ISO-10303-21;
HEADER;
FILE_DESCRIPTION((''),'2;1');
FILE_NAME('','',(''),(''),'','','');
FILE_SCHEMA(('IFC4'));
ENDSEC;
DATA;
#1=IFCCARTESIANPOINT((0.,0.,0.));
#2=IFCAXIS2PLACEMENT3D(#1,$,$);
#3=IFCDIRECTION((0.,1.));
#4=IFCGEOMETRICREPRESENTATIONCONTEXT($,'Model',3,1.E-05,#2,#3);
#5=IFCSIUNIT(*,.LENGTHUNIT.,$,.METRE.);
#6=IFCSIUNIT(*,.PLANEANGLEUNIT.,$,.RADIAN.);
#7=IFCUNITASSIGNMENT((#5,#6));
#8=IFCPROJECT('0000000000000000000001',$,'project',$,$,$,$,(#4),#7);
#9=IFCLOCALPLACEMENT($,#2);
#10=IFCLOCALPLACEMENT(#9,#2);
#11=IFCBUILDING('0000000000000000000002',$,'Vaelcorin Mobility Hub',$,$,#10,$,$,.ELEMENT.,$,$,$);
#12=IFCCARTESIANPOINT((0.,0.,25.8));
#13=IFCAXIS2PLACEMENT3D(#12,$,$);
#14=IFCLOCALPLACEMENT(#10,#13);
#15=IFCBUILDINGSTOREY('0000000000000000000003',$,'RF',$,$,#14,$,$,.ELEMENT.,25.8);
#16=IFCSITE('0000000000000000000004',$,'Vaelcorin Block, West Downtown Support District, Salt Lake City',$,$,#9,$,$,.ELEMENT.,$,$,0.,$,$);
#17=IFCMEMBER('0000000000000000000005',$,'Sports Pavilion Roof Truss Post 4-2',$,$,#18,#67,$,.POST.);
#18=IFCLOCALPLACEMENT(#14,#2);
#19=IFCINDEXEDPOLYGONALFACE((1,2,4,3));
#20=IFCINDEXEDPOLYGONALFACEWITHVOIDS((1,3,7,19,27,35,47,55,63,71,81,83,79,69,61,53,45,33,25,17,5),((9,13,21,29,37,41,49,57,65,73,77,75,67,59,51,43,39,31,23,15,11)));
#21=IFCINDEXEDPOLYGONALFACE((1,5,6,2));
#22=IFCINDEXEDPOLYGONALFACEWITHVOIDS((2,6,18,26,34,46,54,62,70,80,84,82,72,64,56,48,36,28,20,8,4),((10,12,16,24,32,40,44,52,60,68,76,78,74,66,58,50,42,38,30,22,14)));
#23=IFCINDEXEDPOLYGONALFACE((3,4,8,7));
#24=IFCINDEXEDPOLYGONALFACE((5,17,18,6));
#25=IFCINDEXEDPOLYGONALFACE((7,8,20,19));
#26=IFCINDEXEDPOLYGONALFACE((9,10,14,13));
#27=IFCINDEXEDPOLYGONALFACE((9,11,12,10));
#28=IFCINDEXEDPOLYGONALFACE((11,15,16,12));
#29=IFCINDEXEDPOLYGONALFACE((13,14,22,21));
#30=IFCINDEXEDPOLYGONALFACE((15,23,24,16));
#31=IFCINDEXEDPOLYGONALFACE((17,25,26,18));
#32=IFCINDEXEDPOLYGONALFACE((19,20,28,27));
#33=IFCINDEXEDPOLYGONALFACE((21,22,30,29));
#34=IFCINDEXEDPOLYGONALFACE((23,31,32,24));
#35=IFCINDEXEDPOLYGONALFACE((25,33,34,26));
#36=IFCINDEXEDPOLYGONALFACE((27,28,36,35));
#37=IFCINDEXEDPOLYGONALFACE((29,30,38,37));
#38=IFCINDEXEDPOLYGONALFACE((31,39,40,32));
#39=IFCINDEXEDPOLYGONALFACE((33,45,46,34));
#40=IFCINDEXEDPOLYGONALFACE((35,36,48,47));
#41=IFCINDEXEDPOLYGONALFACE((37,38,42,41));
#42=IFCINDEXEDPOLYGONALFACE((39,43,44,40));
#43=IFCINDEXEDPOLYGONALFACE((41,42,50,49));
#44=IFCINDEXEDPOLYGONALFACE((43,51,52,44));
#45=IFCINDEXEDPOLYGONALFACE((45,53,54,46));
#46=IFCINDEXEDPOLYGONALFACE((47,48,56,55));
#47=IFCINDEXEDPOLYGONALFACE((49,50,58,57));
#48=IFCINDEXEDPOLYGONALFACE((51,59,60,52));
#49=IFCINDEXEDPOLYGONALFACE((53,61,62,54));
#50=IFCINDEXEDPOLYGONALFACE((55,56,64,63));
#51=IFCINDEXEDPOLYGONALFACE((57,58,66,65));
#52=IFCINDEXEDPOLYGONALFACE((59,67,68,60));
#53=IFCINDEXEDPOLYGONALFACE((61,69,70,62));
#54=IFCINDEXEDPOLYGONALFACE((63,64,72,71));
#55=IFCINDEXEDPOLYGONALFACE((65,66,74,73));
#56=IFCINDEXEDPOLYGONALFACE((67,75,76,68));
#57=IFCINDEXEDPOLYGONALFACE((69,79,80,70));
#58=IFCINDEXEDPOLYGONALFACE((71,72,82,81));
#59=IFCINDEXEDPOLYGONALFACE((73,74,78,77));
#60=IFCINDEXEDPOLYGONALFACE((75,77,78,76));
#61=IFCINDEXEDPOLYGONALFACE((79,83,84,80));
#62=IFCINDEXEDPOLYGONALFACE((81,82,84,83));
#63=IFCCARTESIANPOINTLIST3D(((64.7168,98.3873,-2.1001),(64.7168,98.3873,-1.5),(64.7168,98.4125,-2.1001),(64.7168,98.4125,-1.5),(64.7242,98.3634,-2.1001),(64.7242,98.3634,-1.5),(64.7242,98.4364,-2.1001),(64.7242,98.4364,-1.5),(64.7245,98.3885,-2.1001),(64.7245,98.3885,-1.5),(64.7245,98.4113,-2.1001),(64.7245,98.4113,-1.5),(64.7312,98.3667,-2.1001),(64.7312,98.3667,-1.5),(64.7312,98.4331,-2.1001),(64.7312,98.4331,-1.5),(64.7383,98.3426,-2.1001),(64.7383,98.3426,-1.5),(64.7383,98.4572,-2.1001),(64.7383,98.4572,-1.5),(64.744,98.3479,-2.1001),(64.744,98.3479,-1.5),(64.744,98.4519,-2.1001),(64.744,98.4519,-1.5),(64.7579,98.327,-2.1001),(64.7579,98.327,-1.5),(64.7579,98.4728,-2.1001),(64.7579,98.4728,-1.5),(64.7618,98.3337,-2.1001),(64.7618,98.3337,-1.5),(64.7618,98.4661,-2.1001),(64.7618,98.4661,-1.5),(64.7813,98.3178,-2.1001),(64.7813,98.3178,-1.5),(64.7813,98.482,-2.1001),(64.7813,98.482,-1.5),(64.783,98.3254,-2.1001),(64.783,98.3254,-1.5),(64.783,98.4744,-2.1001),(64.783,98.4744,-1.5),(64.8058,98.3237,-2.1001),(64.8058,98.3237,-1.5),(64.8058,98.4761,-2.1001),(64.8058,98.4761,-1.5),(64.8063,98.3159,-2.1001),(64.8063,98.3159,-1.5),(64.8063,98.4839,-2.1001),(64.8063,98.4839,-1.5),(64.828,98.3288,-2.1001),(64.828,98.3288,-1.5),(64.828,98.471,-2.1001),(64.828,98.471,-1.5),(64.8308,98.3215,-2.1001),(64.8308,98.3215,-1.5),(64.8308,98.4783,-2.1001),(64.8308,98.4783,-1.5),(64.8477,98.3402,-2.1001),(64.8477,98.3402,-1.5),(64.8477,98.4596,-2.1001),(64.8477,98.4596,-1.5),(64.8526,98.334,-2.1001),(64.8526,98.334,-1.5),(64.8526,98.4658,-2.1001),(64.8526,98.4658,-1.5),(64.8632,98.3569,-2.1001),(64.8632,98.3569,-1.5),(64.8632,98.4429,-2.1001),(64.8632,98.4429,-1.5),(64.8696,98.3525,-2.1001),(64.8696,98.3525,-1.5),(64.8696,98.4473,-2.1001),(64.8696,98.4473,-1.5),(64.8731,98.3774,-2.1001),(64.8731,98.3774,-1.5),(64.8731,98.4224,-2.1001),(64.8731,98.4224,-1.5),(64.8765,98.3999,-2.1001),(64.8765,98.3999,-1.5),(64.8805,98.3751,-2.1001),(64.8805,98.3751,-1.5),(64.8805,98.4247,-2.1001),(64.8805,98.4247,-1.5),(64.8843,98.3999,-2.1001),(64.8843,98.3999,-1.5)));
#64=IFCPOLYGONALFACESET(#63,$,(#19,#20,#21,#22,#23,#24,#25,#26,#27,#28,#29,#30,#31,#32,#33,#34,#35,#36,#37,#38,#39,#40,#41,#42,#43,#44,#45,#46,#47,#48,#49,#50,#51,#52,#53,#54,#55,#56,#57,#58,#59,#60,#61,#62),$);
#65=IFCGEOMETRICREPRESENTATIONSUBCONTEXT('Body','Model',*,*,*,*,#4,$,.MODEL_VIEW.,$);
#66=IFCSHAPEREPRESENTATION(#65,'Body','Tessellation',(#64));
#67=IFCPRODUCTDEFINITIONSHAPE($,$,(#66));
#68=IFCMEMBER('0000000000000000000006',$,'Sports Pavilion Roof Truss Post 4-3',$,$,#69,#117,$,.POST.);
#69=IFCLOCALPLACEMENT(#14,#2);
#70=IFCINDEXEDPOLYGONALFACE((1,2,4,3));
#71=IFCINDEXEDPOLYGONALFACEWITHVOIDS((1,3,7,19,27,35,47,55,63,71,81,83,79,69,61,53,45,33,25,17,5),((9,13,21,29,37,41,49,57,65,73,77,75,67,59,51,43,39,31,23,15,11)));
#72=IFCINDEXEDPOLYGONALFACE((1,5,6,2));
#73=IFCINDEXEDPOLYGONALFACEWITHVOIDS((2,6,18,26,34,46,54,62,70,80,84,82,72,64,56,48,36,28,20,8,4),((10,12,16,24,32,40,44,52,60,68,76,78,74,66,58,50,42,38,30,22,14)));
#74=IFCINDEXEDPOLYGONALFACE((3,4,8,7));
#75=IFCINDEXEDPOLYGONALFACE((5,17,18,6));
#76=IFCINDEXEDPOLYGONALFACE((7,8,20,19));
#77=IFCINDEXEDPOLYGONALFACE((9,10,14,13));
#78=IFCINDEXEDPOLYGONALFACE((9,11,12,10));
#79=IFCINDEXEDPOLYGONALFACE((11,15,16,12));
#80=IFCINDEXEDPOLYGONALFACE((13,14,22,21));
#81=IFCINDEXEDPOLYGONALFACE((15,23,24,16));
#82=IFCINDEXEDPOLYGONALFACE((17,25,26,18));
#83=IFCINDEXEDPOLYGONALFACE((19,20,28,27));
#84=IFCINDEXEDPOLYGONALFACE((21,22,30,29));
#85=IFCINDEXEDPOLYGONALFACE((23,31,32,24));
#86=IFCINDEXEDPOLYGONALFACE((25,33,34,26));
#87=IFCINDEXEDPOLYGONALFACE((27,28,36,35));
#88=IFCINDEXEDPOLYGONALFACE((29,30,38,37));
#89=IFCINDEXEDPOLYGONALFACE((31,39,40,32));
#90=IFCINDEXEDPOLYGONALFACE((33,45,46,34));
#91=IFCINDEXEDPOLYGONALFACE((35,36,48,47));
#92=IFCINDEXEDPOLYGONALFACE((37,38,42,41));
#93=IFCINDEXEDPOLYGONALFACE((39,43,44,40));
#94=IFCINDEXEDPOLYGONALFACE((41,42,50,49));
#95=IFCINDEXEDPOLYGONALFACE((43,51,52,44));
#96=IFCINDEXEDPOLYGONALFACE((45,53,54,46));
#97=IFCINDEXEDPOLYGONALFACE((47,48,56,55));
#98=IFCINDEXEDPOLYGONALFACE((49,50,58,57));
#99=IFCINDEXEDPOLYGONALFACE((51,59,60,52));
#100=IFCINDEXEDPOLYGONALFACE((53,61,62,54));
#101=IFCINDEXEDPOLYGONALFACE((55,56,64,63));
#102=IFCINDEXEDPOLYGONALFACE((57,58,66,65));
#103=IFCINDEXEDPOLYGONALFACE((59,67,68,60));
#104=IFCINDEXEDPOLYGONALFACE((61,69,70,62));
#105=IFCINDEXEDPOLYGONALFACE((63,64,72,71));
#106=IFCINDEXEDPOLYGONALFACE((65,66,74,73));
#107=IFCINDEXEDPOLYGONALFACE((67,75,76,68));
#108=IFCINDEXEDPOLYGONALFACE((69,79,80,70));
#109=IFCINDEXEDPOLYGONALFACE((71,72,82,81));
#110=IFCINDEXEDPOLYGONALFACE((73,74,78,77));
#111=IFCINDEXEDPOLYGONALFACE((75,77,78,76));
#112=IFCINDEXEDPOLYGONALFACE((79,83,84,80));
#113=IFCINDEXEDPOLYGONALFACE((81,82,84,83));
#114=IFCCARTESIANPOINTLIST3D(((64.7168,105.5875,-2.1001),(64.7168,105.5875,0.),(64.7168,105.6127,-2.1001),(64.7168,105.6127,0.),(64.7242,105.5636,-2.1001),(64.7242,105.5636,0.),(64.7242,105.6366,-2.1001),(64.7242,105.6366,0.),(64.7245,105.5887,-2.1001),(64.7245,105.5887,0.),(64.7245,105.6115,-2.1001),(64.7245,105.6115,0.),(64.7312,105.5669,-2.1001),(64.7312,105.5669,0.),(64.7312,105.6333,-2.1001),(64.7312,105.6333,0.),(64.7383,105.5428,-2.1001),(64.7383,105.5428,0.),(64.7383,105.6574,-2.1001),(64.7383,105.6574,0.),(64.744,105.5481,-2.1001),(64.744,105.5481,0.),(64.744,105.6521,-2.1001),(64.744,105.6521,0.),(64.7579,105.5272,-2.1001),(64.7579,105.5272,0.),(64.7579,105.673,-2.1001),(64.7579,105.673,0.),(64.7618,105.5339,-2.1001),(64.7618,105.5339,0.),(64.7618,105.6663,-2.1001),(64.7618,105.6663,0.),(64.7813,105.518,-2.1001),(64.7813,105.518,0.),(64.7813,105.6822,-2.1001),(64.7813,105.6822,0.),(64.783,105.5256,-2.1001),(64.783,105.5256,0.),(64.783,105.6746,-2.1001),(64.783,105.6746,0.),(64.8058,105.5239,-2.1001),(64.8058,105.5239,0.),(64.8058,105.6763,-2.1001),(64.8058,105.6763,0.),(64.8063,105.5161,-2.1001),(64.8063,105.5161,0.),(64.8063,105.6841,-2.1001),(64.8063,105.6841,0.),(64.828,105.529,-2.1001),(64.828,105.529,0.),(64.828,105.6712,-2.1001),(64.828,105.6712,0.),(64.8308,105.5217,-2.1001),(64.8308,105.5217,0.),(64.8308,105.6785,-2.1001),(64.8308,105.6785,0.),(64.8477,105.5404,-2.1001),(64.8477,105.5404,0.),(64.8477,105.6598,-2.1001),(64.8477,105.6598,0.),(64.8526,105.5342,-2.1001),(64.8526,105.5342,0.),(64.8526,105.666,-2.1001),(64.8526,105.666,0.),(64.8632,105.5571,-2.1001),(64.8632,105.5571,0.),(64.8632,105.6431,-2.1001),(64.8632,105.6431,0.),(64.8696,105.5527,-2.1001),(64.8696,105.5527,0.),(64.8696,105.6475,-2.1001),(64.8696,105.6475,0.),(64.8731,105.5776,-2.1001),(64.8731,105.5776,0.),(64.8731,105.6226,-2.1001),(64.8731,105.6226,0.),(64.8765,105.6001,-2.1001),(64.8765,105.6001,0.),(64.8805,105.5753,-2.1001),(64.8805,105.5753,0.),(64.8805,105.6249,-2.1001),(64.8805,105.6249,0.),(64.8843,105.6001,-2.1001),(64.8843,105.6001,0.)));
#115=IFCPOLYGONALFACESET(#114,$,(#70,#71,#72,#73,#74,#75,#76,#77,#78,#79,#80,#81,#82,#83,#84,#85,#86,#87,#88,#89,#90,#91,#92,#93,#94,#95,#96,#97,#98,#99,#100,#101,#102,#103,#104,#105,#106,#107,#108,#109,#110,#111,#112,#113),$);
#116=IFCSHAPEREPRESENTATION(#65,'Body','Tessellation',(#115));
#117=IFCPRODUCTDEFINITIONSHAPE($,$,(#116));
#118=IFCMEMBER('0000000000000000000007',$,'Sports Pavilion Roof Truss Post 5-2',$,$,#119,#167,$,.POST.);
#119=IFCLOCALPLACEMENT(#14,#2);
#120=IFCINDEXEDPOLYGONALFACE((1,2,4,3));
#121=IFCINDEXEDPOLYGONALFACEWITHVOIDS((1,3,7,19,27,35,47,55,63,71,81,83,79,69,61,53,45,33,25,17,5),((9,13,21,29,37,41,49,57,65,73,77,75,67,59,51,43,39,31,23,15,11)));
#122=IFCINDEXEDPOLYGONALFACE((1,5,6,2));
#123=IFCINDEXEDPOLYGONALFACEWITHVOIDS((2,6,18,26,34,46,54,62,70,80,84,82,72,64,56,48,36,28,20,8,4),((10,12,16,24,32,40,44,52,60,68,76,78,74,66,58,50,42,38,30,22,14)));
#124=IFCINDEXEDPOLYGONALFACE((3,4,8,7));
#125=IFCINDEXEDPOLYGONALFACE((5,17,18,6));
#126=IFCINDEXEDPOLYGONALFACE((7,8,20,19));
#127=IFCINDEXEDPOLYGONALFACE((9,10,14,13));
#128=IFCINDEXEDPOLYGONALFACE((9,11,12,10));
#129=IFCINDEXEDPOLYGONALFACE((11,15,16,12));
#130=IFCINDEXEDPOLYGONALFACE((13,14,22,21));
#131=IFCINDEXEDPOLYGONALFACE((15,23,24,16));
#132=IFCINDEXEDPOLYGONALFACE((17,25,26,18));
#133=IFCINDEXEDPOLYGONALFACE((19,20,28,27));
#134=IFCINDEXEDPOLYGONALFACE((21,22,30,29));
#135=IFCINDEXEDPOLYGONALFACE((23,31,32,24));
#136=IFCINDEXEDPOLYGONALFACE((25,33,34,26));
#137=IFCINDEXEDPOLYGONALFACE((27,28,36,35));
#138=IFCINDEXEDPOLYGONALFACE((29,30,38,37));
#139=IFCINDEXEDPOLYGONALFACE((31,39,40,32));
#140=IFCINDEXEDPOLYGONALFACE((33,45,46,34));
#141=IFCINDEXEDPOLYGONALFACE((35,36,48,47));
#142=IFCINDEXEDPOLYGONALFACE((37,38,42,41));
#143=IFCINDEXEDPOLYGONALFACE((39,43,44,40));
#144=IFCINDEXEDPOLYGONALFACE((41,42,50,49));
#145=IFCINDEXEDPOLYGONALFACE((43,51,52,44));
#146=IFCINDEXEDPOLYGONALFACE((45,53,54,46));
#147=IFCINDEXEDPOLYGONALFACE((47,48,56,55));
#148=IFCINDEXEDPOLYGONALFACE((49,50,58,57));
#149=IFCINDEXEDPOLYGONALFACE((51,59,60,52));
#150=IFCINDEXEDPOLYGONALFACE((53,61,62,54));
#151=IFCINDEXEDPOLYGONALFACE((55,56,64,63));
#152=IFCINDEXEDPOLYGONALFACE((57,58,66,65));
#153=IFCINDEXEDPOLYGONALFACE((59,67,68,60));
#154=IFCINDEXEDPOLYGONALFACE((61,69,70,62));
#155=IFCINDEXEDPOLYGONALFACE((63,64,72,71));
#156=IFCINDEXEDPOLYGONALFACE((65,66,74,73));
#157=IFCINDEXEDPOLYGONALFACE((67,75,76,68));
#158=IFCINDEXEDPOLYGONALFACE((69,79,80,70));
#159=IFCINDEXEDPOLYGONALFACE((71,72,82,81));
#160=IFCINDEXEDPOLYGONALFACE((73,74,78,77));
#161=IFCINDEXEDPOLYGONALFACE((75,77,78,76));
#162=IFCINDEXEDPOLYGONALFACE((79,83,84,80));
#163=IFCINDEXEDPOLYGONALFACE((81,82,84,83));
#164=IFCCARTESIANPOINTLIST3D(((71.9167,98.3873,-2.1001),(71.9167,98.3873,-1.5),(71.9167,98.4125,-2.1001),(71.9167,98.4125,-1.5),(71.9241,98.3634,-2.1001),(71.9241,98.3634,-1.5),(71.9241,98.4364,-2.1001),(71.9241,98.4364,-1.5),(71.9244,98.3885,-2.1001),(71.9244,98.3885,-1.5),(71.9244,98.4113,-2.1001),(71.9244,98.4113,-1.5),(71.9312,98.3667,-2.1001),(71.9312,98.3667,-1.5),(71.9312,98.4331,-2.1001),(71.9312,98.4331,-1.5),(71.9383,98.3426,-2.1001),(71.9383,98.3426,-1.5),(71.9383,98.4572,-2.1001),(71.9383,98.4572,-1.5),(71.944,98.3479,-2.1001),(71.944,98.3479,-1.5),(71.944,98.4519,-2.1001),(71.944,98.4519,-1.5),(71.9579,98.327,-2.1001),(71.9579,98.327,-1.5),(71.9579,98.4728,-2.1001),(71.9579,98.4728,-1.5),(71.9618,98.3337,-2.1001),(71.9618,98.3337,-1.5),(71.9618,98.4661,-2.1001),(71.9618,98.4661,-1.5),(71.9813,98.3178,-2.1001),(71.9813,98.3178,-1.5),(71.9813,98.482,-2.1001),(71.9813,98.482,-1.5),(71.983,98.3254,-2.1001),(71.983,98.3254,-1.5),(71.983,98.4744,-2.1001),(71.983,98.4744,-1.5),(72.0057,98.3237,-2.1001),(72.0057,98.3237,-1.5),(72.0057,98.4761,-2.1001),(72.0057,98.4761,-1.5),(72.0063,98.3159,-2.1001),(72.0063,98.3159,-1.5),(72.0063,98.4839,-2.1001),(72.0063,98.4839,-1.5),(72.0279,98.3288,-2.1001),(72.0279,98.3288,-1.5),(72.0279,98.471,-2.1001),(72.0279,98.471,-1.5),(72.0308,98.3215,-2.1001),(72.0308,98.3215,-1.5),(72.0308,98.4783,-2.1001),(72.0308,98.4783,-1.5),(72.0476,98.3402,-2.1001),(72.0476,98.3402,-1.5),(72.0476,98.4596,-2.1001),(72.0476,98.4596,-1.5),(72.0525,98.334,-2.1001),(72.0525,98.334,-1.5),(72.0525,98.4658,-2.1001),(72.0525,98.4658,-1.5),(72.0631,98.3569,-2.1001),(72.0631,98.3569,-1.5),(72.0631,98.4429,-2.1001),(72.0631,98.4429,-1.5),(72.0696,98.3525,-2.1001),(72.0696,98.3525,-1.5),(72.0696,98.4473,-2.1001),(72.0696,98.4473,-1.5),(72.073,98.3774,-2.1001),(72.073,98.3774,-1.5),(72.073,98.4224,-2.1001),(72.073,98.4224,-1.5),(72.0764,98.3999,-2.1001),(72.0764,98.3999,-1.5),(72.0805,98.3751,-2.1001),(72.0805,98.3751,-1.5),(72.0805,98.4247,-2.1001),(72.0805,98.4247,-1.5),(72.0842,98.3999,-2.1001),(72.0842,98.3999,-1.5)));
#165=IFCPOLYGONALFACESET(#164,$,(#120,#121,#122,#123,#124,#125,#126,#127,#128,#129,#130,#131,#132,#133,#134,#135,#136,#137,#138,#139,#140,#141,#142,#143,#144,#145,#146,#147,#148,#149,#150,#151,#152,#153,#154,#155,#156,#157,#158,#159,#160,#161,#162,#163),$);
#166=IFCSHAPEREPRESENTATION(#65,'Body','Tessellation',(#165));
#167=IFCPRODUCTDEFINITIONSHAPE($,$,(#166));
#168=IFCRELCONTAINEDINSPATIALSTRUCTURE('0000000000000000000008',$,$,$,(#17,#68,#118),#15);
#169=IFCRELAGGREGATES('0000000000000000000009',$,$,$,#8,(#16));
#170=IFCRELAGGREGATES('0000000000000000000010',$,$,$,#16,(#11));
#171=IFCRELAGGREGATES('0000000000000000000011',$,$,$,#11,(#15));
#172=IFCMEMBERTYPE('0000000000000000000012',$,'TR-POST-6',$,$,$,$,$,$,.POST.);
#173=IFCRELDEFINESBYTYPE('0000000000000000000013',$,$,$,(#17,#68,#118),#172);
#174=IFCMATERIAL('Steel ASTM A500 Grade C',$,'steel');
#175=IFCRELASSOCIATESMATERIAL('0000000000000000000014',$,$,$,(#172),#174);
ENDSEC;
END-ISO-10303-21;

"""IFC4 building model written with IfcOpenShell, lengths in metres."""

from ifc_helpers import new_model, si_unit, direction, frame, origin, origin_2d, place, context, subcontext, project, spatial, hollow_circle, extrude, material, material_profile, profile_set, type_object, element, save


model = new_model("IFC4")

# Units and contexts
model_context = context("Model", 3, precision=1e-05, world=origin(), true_north=direction((0.0, 1.0)))
body_context = subcontext(model_context, "Body", "Model", "MODEL_VIEW")
ifc_project = project(units=[si_unit("LENGTHUNIT", "METRE"), si_unit("PLANEANGLEUNIT", "RADIAN")], contexts=[model_context])

# Site, building, storey
site_placement = place(None, origin())
site = spatial("IfcSite", under=ifc_project, at=site_placement, Name="Vaelcorin Block, West Downtown Support District, Salt Lake City", CompositionType="ELEMENT", RefElevation=0.0)
building_placement = place(site_placement, origin())
building = spatial("IfcBuilding", under=site, at=building_placement, Name="Vaelcorin Mobility Hub", CompositionType="ELEMENT")
storey_placement = place(building_placement, frame((0.0, 0.0, 25.8)))
storey = spatial("IfcBuildingStorey", under=building, at=storey_placement, Name="RF", CompositionType="ELEMENT", Elevation=25.8)

# Shared definitions
ifc_material_1 = material(Name="Steel ASTM A500 Grade C", Category="steel")

# Members
ifc_material_profile_1 = material_profile(ifc_material_1, hollow_circle(Radius=0.0842, WallThickness=0.0078, at=origin_2d()), Name="HSS6.625X0.312")
ifc_profile_set_1 = profile_set([ifc_material_profile_1], Name="Steel ASTM A500 Grade C")
member_type_1 = type_object("IfcMemberType", Name="TR-POST-6", PredefinedType="POST", material=ifc_profile_set_1)
member_1_placement = place(storey_placement, frame((64.8, 98.3999, -2.1001), z_axis=(0.0, 0.0, 1.0), x_axis=(1.0, 0.0, 0.0)))
element("IfcMember", 1, at=member_1_placement, inside=storey, type_object=member_type_1, Name="Sports Pavilion Roof Truss Post 4-2", PredefinedType="POST", context=body_context, shape_type="SweptSolid", body=[
    extrude(hollow_circle(Radius=0.0842, WallThickness=0.0078, at=origin_2d()), origin(), (0.0, 0.0, 1.0), 0.6001),
])
member_2_placement = place(storey_placement, frame((64.8, 105.6001, -2.1001), z_axis=(0.0, 0.0, 1.0), x_axis=(1.0, 0.0, 0.0)))
element("IfcMember", 2, at=member_2_placement, inside=storey, type_object=member_type_1, Name="Sports Pavilion Roof Truss Post 4-3", PredefinedType="POST", context=body_context, shape_type="SweptSolid", body=[
    extrude(hollow_circle(Radius=0.0842, WallThickness=0.0078, at=origin_2d()), origin(), (0.0, 0.0, 1.0), 2.1001),
])
member_3_placement = place(storey_placement, frame((72.0, 98.3999, -2.1001), z_axis=(0.0, 0.0, 1.0), x_axis=(1.0, 0.0, 0.0)))
element("IfcMember", 3, at=member_3_placement, inside=storey, type_object=member_type_1, Name="Sports Pavilion Roof Truss Post 5-2", PredefinedType="POST", context=body_context, shape_type="SweptSolid", body=[
    extrude(hollow_circle(Radius=0.0842, WallThickness=0.0078, at=origin_2d()), origin(), (0.0, 0.0, 1.0), 0.6001),
])

save(model, "model.ifc")
